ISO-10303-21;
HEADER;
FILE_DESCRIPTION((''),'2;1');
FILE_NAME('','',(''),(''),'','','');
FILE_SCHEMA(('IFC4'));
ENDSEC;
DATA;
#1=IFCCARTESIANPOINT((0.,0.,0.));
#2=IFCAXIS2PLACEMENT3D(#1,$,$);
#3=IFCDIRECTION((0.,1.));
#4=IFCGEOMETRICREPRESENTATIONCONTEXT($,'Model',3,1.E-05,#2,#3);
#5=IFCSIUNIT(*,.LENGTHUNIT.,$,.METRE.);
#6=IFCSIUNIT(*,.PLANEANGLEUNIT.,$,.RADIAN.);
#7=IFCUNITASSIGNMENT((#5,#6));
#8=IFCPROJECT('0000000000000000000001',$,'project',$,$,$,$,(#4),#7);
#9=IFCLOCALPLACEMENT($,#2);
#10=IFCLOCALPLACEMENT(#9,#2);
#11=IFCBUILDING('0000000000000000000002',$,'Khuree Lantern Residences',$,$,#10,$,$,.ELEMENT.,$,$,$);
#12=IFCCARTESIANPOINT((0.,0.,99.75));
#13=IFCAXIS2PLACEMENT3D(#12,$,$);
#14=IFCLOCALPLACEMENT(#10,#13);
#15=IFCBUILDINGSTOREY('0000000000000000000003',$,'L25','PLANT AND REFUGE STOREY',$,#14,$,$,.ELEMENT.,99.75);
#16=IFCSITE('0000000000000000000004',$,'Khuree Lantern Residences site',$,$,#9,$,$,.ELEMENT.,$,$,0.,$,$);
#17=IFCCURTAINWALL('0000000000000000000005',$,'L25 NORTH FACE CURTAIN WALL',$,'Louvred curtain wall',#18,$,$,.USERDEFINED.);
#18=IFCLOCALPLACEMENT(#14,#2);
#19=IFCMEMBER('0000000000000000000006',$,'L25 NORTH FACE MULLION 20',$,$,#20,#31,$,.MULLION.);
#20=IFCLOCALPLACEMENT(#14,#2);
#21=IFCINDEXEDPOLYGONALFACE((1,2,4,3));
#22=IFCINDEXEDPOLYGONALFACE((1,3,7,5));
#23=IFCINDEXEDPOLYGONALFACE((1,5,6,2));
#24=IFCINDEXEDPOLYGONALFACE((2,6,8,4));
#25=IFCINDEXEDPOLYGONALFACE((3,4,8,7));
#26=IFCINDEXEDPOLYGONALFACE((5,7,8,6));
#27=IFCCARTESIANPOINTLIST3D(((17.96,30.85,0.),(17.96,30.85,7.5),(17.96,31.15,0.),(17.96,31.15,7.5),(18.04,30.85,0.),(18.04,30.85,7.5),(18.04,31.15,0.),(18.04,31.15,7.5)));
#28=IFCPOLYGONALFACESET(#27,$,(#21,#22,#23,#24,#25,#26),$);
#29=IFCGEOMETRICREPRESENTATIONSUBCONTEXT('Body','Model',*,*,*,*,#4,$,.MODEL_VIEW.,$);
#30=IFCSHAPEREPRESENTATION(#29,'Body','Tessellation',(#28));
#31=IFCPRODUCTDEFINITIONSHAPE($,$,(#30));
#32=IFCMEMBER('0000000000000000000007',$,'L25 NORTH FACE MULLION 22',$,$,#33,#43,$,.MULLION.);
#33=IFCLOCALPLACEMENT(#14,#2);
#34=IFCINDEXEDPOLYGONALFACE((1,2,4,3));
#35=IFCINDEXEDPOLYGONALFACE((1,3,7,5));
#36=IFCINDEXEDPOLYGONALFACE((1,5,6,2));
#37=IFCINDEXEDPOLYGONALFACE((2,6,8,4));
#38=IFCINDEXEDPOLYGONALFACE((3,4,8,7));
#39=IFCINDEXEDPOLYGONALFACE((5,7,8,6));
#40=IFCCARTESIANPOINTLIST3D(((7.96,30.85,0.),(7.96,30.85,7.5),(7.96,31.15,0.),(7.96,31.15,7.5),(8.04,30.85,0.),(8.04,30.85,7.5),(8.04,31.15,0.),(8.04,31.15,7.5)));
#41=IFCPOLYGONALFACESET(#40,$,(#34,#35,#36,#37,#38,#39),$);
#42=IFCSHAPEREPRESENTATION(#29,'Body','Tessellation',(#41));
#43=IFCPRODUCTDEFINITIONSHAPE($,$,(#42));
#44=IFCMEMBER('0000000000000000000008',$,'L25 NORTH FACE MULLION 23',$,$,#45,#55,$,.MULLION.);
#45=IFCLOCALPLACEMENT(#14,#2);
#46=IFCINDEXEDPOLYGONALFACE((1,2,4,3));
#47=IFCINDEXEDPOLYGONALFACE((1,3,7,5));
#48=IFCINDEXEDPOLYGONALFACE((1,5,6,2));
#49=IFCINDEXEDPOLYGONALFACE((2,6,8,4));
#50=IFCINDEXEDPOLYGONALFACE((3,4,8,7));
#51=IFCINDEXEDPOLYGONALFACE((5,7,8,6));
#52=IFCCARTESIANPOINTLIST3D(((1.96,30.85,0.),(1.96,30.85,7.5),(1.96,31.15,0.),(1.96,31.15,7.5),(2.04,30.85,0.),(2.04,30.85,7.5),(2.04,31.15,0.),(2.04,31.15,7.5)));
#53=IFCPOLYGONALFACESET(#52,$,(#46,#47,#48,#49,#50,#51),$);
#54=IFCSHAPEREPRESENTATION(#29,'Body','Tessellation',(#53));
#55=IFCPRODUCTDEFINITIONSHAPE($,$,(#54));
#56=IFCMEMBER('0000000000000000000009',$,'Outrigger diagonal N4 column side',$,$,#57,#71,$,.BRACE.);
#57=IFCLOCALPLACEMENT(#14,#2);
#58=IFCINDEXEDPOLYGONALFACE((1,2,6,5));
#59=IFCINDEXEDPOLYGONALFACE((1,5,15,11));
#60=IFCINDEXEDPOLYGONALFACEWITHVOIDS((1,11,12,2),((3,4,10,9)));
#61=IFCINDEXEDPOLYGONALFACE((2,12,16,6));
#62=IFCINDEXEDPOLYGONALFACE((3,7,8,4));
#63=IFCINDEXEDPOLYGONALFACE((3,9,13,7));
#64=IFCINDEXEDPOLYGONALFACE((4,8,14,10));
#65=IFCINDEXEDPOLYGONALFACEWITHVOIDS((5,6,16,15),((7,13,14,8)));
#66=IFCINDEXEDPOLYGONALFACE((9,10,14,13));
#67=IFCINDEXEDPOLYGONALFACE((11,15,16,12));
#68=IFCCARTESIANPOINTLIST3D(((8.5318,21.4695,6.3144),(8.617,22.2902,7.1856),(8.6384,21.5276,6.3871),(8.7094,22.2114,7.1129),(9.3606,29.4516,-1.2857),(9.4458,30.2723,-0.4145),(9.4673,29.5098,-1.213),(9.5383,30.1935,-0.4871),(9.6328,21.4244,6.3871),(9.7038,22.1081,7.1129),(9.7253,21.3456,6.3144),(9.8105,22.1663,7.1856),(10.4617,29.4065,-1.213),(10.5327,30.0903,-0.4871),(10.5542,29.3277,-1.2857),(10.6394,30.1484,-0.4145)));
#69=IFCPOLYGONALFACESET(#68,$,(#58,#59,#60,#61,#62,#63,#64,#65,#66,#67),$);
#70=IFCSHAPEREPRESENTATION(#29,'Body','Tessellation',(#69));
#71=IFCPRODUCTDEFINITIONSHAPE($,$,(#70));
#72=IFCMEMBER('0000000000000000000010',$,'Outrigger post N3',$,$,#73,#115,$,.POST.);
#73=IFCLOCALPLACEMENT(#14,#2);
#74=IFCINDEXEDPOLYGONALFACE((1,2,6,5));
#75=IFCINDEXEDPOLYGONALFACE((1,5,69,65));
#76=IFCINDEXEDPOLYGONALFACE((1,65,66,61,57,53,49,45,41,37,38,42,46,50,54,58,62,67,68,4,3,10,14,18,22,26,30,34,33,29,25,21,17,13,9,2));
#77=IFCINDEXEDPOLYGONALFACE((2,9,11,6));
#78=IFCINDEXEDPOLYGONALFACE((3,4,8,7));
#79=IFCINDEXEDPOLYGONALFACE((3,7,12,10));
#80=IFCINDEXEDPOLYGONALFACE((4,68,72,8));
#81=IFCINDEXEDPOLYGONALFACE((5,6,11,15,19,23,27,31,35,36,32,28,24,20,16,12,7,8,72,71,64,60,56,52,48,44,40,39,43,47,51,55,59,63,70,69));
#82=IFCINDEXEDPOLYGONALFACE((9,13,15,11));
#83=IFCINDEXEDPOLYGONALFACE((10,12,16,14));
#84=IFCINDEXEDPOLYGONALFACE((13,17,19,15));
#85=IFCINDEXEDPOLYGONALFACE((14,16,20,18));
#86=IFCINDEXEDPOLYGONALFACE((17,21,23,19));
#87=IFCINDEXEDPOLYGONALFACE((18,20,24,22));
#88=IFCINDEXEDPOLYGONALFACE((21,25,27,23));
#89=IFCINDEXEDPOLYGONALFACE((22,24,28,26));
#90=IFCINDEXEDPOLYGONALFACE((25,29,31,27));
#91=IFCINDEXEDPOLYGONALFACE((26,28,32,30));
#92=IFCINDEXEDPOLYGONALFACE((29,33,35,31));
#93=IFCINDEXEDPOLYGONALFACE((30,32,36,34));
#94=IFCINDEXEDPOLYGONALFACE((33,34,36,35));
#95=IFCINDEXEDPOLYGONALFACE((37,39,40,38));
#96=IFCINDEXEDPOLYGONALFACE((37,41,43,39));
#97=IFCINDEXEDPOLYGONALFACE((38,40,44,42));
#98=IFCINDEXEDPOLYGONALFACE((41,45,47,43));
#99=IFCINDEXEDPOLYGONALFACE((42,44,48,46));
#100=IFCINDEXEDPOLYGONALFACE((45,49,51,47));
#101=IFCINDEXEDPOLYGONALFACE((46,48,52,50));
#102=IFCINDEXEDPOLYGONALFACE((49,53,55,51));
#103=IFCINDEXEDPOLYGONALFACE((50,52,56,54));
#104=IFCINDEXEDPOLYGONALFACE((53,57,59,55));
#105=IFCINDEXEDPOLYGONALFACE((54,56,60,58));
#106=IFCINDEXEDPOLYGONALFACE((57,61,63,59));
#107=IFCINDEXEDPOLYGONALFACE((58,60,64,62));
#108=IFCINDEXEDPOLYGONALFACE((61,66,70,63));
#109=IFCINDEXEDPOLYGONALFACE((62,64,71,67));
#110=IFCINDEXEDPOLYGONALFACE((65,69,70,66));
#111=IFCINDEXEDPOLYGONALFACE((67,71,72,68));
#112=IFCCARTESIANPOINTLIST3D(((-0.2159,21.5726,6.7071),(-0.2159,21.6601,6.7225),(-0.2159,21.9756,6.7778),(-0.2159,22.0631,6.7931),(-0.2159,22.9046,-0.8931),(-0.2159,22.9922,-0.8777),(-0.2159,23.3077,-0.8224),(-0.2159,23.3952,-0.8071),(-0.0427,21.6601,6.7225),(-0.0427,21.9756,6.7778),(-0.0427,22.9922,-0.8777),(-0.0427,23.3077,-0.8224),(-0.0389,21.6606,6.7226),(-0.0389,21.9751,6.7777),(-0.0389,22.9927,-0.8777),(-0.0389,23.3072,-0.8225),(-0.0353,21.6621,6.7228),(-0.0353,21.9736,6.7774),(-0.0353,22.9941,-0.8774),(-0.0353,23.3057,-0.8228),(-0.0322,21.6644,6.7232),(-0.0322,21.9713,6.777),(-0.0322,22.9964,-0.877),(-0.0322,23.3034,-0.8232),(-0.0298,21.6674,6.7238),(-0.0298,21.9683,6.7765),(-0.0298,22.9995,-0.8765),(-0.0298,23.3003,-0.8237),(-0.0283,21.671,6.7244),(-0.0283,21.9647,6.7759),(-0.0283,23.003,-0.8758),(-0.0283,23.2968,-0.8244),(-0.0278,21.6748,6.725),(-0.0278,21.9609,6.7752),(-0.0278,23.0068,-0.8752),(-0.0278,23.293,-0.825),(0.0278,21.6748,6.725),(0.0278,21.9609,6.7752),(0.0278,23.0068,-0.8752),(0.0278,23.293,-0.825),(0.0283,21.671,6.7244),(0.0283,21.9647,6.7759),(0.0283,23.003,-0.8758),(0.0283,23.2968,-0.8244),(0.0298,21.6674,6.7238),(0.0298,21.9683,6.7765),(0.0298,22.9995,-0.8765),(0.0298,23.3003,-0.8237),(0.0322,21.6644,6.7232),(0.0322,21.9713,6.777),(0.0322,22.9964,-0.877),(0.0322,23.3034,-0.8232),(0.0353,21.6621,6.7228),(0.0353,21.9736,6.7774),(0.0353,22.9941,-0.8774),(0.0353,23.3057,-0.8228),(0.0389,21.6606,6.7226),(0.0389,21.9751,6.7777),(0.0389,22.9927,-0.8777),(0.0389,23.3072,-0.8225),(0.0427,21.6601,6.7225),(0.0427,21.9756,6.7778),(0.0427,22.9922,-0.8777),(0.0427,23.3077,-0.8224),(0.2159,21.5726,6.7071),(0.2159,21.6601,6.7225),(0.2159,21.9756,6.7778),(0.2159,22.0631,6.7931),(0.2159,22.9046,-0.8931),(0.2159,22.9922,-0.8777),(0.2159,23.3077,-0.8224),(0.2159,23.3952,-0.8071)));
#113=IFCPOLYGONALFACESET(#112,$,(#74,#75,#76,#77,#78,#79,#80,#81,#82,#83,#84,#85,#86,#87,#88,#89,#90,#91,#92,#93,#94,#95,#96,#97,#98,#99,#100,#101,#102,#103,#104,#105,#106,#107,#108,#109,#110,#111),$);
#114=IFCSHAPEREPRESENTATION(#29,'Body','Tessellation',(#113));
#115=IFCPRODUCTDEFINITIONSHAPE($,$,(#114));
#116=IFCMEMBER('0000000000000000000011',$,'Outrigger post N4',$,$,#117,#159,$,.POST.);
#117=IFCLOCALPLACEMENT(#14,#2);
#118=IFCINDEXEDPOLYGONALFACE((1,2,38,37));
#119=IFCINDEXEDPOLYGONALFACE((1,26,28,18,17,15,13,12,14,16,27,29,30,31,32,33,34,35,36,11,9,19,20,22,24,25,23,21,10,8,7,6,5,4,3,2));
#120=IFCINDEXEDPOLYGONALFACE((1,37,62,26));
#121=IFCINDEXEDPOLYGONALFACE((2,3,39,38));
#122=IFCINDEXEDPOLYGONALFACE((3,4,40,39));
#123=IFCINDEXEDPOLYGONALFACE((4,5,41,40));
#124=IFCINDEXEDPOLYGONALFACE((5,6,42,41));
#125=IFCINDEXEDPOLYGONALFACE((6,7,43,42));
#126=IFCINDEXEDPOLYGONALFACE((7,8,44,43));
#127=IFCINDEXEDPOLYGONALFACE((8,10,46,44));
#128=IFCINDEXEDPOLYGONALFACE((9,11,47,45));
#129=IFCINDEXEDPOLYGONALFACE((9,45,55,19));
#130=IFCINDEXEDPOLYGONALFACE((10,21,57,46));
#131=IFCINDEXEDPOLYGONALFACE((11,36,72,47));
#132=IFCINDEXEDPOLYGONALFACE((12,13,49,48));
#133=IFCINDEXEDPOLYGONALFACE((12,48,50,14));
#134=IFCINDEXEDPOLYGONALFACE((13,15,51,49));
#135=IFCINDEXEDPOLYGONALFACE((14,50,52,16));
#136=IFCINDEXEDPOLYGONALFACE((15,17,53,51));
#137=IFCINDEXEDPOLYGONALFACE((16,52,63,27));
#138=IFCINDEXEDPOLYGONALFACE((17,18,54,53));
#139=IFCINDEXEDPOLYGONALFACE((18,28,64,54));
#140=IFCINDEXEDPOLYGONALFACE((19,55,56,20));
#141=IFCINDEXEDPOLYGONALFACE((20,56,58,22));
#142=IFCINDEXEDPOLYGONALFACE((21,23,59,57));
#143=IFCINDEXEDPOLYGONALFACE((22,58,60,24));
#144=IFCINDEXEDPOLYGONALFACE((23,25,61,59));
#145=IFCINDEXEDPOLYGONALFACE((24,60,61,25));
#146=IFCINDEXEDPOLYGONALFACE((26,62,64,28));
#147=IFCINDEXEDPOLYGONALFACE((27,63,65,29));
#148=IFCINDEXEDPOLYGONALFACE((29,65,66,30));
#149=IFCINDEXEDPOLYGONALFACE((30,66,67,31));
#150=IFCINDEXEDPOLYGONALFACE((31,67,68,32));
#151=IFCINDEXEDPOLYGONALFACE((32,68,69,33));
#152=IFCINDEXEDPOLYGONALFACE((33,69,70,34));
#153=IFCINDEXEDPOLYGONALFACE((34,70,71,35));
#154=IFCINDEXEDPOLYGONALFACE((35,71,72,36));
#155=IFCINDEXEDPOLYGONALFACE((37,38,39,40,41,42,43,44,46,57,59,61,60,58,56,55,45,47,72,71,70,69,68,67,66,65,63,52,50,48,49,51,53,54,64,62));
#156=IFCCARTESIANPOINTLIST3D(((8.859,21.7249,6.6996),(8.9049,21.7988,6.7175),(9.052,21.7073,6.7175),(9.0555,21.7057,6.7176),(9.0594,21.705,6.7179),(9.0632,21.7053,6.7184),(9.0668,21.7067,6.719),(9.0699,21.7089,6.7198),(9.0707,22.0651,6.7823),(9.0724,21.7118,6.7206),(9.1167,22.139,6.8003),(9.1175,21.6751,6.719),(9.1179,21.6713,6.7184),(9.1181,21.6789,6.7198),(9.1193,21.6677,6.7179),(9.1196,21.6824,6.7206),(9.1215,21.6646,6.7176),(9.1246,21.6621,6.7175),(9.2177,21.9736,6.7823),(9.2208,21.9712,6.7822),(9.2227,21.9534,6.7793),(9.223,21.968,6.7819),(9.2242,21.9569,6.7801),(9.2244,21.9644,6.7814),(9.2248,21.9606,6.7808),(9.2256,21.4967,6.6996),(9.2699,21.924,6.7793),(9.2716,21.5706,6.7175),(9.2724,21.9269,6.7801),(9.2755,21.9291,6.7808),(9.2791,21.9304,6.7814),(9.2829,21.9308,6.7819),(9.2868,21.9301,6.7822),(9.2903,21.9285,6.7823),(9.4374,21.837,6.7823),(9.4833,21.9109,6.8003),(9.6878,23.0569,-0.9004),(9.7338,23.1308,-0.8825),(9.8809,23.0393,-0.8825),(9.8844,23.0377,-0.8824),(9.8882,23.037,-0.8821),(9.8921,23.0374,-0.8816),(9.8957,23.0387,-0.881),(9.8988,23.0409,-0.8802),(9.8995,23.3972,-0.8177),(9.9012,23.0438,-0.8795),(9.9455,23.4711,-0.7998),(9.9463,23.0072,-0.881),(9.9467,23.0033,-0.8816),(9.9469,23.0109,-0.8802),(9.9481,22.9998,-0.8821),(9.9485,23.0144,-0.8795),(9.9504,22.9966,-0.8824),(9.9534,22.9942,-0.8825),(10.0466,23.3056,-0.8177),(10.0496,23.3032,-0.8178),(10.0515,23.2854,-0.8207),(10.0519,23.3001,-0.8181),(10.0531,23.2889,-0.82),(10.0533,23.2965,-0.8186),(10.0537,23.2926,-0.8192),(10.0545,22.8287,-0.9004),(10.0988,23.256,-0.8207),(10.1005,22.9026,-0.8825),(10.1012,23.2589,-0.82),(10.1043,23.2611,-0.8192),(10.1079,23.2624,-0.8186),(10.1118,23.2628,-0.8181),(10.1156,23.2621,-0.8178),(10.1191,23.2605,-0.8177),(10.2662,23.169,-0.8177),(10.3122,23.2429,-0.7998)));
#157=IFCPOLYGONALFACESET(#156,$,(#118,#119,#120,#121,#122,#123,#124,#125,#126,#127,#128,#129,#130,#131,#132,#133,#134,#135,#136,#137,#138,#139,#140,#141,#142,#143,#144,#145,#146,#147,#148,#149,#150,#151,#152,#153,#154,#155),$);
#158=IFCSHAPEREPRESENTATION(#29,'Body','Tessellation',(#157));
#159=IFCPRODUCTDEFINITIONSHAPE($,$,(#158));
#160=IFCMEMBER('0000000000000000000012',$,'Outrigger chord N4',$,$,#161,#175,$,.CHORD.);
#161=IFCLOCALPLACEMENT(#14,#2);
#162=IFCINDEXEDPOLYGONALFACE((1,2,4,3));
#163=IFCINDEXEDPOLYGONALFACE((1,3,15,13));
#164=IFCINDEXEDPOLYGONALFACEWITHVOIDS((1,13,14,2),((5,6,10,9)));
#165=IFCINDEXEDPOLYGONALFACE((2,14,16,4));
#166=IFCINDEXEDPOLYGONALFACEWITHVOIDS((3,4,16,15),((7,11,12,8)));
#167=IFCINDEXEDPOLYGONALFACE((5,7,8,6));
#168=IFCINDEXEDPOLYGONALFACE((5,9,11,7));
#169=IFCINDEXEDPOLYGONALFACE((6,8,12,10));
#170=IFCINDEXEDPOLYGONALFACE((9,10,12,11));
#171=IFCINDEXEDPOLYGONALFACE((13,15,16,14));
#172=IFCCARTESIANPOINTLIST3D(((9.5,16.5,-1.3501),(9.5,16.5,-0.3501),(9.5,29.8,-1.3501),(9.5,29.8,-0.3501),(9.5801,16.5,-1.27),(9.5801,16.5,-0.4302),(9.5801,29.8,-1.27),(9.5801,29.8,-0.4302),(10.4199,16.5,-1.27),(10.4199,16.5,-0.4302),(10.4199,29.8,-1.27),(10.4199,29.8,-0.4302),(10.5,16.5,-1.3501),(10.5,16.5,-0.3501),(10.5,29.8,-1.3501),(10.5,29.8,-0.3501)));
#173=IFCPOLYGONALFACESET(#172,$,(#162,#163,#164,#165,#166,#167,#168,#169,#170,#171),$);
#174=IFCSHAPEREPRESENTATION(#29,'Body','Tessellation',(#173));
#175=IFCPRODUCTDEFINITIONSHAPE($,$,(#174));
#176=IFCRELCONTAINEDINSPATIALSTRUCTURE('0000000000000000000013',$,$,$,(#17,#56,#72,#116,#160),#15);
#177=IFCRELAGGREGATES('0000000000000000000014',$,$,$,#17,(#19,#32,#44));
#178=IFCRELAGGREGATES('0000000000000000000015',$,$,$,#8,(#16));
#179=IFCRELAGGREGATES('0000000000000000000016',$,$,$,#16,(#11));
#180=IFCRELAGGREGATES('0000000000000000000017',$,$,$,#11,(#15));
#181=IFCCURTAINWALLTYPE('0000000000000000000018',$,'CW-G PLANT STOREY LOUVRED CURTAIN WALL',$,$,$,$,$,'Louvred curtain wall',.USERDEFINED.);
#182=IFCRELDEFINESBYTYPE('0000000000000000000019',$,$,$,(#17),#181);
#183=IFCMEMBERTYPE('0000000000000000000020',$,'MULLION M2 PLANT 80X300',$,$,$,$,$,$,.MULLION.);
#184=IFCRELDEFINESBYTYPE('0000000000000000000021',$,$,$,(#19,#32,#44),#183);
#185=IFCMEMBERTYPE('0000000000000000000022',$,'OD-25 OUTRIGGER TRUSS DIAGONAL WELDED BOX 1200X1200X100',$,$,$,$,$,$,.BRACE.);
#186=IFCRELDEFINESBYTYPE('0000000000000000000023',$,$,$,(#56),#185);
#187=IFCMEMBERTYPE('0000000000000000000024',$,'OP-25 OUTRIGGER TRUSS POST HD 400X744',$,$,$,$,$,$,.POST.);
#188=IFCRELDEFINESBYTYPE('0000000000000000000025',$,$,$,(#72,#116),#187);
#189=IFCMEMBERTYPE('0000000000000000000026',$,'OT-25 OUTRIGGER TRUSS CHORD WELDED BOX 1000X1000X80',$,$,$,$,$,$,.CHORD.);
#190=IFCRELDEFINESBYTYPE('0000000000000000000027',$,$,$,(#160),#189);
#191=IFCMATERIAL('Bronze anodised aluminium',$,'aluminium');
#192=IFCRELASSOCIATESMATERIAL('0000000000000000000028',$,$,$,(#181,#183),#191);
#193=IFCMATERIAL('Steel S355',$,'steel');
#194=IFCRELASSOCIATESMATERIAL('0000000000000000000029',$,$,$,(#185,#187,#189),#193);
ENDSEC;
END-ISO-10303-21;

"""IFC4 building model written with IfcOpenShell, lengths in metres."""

from ifc_helpers import new_model, si_unit, direction, frame, origin, origin_2d, place, context, subcontext, project, spatial, rectangle, hollow_rectangle, i_section, extrude, material, material_profile, profile_set, type_object, element, aggregate, save


model = new_model("IFC4")

# Units and contexts
model_context = context("Model", 3, precision=1e-05, world=origin(), true_north=direction((0.0, 1.0)))
body_context = subcontext(model_context, "Body", "Model", "MODEL_VIEW")
ifc_project = project(units=[si_unit("LENGTHUNIT", "METRE"), si_unit("PLANEANGLEUNIT", "RADIAN")], contexts=[model_context])

# Site, building, storey
site_placement = place(None, origin())
site = spatial("IfcSite", under=ifc_project, at=site_placement, Name="Khuree Lantern Residences site", CompositionType="ELEMENT", RefElevation=0.0)
building_placement = place(site_placement, origin())
building = spatial("IfcBuilding", under=site, at=building_placement, Name="Khuree Lantern Residences", CompositionType="ELEMENT")
storey_placement = place(building_placement, frame((0.0, 0.0, 99.75)))
storey = spatial("IfcBuildingStorey", under=building, at=storey_placement, Name="L25", Description="PLANT AND REFUGE STOREY", CompositionType="ELEMENT", Elevation=99.75)

# Shared definitions
ifc_material_1 = material(Name="Steel S355", Category="steel")

# Curtain wall
ifc_material_2 = material(Name="Bronze anodised aluminium", Category="aluminium")
curtain_wall_type = type_object("IfcCurtainWallType", Name="CW-G PLANT STOREY LOUVRED CURTAIN WALL", ElementType="Louvred curtain wall", PredefinedType="USERDEFINED", material=ifc_material_2)
curtain_wall_placement = place(storey_placement, origin())
curtain_wall = element("IfcCurtainWall", 1, at=curtain_wall_placement, inside=storey, type_object=curtain_wall_type, Name="L25 NORTH FACE CURTAIN WALL", ObjectType="Louvred curtain wall", PredefinedType="USERDEFINED")

# Members
ifc_material_profile_1 = material_profile(ifc_material_2, rectangle(XDim=0.0801, YDim=0.3, at=origin_2d()), Name="M2 80X300")
ifc_profile_set_1 = profile_set([ifc_material_profile_1], Name="Bronze anodised aluminium")
member_type_1 = type_object("IfcMemberType", Name="MULLION M2 PLANT 80X300", PredefinedType="MULLION", material=ifc_profile_set_1)
member_1_placement = place(storey_placement, frame((18.0, 31.0, 0.0), z_axis=(0.0, 0.0, 1.0), x_axis=(-1.0, 0.0, 0.0)))
member_1 = element("IfcMember", 2, at=member_1_placement, type_object=member_type_1, Name="L25 NORTH FACE MULLION 20", PredefinedType="MULLION", context=body_context, shape_type="SweptSolid", body=[
    extrude(rectangle(XDim=0.0801, YDim=0.3, at=origin_2d()), origin(), (0.0, 0.0, 1.0), 7.5),
])
member_2_placement = place(storey_placement, frame((8.0, 31.0, 0.0), z_axis=(0.0, 0.0, 1.0), x_axis=(-1.0, 0.0, 0.0)))
member_2 = element("IfcMember", 3, at=member_2_placement, type_object=member_type_1, Name="L25 NORTH FACE MULLION 22", PredefinedType="MULLION", context=body_context, shape_type="SweptSolid", body=[
    extrude(rectangle(XDim=0.0801, YDim=0.3, at=origin_2d()), origin(), (0.0, 0.0, 1.0), 7.5),
])
member_3_placement = place(storey_placement, frame((2.0, 31.0, 0.0), z_axis=(0.0, 0.0, 1.0), x_axis=(-1.0, 0.0, 0.0)))
member_3 = element("IfcMember", 4, at=member_3_placement, type_object=member_type_1, Name="L25 NORTH FACE MULLION 23", PredefinedType="MULLION", context=body_context, shape_type="SweptSolid", body=[
    extrude(rectangle(XDim=0.0801, YDim=0.3, at=origin_2d()), origin(), (0.0, 0.0, 1.0), 7.5),
])

# Members
ifc_material_profile_2 = material_profile(ifc_material_1, hollow_rectangle(XDim=1.2, YDim=1.2, WallThickness=0.1001, at=origin_2d()), Name="WELDED BOX 1200X1200X100")
ifc_profile_set_2 = profile_set([ifc_material_profile_2], Name="Steel S355")
member_type_2 = type_object("IfcMemberType", Name="OD-25 OUTRIGGER TRUSS DIAGONAL WELDED BOX 1200X1200X100", PredefinedType="BRACE", material=ifc_profile_set_2)
member_4_placement = place(storey_placement, frame((9.1711, 21.8179, 6.75), z_axis=(0.074991, 0.722188, -0.687619), x_axis=(-0.994652, 0.103283, 0.0)))
element("IfcMember", 5, at=member_4_placement, inside=storey, type_object=member_type_2, Name="Outrigger diagonal N4 column side", PredefinedType="BRACE", context=body_context, shape_type="SweptSolid", body=[
    extrude(hollow_rectangle(XDim=1.2, YDim=1.2, WallThickness=0.1001, at=origin_2d()), origin(), (0.0, 0.0, 1.0), 11.0527),
])
ifc_material_profile_3 = material_profile(ifc_material_1, i_section(OverallWidth=0.4319, OverallDepth=0.498, WebThickness=0.0557, FlangeThickness=0.0889, FilletRadius=0.0149, at=origin_2d()), Name="HD 400X744")
ifc_profile_set_3 = profile_set([ifc_material_profile_3], Name="Steel S355")
member_type_3 = type_object("IfcMemberType", Name="OP-25 OUTRIGGER TRUSS POST HD 400X744", PredefinedType="POST", material=ifc_profile_set_3)
member_5_placement = place(storey_placement, frame((0.0, 23.1499, -0.8501), z_axis=(0.0, -0.172634, 0.984986), x_axis=(1.0, 0.0, 0.0)))
element("IfcMember", 6, at=member_5_placement, inside=storey, type_object=member_type_3, Name="Outrigger post N3", PredefinedType="POST", context=body_context, shape_type="SweptSolid", body=[
    extrude(i_section(OverallWidth=0.4319, OverallDepth=0.498, WebThickness=0.0557, FlangeThickness=0.0889, FilletRadius=0.0149, at=origin_2d()), origin(), (0.0, 0.0, 1.0), 7.7161),
])
member_6_placement = place(storey_placement, frame((10.0, 23.1499, -0.8501), z_axis=(-0.106807, -0.171646, 0.979352), x_axis=(0.849046, -0.528319, 0.0)))
element("IfcMember", 7, at=member_6_placement, inside=storey, type_object=member_type_3, Name="Outrigger post N4", PredefinedType="POST", context=body_context, shape_type="SweptSolid", body=[
    extrude(i_section(OverallWidth=0.4319, OverallDepth=0.498, WebThickness=0.0557, FlangeThickness=0.0889, FilletRadius=0.0149, at=origin_2d()), origin(), (0.0, 0.0, 1.0), 7.7603),
])
ifc_material_profile_4 = material_profile(ifc_material_1, hollow_rectangle(XDim=1.0, YDim=1.0, WallThickness=0.0801, at=origin_2d()), Name="WELDED BOX 1000X1000X80")
ifc_profile_set_4 = profile_set([ifc_material_profile_4], Name="Steel S355")
member_type_4 = type_object("IfcMemberType", Name="OT-25 OUTRIGGER TRUSS CHORD WELDED BOX 1000X1000X80", PredefinedType="CHORD", material=ifc_profile_set_4)
member_7_placement = place(storey_placement, frame((10.0, 29.8, -0.8501), z_axis=(0.0, -1.0, 0.0), x_axis=(1.0, 0.0, 0.0)))
element("IfcMember", 8, at=member_7_placement, inside=storey, type_object=member_type_4, Name="Outrigger chord N4", PredefinedType="CHORD", context=body_context, shape_type="SweptSolid", body=[
    extrude(hollow_rectangle(XDim=1.0, YDim=1.0, WallThickness=0.0801, at=origin_2d()), origin(), (0.0, 0.0, 1.0), 13.3),
])

aggregate(curtain_wall, [member_1, member_2, member_3])

save(model, "model.ifc")
